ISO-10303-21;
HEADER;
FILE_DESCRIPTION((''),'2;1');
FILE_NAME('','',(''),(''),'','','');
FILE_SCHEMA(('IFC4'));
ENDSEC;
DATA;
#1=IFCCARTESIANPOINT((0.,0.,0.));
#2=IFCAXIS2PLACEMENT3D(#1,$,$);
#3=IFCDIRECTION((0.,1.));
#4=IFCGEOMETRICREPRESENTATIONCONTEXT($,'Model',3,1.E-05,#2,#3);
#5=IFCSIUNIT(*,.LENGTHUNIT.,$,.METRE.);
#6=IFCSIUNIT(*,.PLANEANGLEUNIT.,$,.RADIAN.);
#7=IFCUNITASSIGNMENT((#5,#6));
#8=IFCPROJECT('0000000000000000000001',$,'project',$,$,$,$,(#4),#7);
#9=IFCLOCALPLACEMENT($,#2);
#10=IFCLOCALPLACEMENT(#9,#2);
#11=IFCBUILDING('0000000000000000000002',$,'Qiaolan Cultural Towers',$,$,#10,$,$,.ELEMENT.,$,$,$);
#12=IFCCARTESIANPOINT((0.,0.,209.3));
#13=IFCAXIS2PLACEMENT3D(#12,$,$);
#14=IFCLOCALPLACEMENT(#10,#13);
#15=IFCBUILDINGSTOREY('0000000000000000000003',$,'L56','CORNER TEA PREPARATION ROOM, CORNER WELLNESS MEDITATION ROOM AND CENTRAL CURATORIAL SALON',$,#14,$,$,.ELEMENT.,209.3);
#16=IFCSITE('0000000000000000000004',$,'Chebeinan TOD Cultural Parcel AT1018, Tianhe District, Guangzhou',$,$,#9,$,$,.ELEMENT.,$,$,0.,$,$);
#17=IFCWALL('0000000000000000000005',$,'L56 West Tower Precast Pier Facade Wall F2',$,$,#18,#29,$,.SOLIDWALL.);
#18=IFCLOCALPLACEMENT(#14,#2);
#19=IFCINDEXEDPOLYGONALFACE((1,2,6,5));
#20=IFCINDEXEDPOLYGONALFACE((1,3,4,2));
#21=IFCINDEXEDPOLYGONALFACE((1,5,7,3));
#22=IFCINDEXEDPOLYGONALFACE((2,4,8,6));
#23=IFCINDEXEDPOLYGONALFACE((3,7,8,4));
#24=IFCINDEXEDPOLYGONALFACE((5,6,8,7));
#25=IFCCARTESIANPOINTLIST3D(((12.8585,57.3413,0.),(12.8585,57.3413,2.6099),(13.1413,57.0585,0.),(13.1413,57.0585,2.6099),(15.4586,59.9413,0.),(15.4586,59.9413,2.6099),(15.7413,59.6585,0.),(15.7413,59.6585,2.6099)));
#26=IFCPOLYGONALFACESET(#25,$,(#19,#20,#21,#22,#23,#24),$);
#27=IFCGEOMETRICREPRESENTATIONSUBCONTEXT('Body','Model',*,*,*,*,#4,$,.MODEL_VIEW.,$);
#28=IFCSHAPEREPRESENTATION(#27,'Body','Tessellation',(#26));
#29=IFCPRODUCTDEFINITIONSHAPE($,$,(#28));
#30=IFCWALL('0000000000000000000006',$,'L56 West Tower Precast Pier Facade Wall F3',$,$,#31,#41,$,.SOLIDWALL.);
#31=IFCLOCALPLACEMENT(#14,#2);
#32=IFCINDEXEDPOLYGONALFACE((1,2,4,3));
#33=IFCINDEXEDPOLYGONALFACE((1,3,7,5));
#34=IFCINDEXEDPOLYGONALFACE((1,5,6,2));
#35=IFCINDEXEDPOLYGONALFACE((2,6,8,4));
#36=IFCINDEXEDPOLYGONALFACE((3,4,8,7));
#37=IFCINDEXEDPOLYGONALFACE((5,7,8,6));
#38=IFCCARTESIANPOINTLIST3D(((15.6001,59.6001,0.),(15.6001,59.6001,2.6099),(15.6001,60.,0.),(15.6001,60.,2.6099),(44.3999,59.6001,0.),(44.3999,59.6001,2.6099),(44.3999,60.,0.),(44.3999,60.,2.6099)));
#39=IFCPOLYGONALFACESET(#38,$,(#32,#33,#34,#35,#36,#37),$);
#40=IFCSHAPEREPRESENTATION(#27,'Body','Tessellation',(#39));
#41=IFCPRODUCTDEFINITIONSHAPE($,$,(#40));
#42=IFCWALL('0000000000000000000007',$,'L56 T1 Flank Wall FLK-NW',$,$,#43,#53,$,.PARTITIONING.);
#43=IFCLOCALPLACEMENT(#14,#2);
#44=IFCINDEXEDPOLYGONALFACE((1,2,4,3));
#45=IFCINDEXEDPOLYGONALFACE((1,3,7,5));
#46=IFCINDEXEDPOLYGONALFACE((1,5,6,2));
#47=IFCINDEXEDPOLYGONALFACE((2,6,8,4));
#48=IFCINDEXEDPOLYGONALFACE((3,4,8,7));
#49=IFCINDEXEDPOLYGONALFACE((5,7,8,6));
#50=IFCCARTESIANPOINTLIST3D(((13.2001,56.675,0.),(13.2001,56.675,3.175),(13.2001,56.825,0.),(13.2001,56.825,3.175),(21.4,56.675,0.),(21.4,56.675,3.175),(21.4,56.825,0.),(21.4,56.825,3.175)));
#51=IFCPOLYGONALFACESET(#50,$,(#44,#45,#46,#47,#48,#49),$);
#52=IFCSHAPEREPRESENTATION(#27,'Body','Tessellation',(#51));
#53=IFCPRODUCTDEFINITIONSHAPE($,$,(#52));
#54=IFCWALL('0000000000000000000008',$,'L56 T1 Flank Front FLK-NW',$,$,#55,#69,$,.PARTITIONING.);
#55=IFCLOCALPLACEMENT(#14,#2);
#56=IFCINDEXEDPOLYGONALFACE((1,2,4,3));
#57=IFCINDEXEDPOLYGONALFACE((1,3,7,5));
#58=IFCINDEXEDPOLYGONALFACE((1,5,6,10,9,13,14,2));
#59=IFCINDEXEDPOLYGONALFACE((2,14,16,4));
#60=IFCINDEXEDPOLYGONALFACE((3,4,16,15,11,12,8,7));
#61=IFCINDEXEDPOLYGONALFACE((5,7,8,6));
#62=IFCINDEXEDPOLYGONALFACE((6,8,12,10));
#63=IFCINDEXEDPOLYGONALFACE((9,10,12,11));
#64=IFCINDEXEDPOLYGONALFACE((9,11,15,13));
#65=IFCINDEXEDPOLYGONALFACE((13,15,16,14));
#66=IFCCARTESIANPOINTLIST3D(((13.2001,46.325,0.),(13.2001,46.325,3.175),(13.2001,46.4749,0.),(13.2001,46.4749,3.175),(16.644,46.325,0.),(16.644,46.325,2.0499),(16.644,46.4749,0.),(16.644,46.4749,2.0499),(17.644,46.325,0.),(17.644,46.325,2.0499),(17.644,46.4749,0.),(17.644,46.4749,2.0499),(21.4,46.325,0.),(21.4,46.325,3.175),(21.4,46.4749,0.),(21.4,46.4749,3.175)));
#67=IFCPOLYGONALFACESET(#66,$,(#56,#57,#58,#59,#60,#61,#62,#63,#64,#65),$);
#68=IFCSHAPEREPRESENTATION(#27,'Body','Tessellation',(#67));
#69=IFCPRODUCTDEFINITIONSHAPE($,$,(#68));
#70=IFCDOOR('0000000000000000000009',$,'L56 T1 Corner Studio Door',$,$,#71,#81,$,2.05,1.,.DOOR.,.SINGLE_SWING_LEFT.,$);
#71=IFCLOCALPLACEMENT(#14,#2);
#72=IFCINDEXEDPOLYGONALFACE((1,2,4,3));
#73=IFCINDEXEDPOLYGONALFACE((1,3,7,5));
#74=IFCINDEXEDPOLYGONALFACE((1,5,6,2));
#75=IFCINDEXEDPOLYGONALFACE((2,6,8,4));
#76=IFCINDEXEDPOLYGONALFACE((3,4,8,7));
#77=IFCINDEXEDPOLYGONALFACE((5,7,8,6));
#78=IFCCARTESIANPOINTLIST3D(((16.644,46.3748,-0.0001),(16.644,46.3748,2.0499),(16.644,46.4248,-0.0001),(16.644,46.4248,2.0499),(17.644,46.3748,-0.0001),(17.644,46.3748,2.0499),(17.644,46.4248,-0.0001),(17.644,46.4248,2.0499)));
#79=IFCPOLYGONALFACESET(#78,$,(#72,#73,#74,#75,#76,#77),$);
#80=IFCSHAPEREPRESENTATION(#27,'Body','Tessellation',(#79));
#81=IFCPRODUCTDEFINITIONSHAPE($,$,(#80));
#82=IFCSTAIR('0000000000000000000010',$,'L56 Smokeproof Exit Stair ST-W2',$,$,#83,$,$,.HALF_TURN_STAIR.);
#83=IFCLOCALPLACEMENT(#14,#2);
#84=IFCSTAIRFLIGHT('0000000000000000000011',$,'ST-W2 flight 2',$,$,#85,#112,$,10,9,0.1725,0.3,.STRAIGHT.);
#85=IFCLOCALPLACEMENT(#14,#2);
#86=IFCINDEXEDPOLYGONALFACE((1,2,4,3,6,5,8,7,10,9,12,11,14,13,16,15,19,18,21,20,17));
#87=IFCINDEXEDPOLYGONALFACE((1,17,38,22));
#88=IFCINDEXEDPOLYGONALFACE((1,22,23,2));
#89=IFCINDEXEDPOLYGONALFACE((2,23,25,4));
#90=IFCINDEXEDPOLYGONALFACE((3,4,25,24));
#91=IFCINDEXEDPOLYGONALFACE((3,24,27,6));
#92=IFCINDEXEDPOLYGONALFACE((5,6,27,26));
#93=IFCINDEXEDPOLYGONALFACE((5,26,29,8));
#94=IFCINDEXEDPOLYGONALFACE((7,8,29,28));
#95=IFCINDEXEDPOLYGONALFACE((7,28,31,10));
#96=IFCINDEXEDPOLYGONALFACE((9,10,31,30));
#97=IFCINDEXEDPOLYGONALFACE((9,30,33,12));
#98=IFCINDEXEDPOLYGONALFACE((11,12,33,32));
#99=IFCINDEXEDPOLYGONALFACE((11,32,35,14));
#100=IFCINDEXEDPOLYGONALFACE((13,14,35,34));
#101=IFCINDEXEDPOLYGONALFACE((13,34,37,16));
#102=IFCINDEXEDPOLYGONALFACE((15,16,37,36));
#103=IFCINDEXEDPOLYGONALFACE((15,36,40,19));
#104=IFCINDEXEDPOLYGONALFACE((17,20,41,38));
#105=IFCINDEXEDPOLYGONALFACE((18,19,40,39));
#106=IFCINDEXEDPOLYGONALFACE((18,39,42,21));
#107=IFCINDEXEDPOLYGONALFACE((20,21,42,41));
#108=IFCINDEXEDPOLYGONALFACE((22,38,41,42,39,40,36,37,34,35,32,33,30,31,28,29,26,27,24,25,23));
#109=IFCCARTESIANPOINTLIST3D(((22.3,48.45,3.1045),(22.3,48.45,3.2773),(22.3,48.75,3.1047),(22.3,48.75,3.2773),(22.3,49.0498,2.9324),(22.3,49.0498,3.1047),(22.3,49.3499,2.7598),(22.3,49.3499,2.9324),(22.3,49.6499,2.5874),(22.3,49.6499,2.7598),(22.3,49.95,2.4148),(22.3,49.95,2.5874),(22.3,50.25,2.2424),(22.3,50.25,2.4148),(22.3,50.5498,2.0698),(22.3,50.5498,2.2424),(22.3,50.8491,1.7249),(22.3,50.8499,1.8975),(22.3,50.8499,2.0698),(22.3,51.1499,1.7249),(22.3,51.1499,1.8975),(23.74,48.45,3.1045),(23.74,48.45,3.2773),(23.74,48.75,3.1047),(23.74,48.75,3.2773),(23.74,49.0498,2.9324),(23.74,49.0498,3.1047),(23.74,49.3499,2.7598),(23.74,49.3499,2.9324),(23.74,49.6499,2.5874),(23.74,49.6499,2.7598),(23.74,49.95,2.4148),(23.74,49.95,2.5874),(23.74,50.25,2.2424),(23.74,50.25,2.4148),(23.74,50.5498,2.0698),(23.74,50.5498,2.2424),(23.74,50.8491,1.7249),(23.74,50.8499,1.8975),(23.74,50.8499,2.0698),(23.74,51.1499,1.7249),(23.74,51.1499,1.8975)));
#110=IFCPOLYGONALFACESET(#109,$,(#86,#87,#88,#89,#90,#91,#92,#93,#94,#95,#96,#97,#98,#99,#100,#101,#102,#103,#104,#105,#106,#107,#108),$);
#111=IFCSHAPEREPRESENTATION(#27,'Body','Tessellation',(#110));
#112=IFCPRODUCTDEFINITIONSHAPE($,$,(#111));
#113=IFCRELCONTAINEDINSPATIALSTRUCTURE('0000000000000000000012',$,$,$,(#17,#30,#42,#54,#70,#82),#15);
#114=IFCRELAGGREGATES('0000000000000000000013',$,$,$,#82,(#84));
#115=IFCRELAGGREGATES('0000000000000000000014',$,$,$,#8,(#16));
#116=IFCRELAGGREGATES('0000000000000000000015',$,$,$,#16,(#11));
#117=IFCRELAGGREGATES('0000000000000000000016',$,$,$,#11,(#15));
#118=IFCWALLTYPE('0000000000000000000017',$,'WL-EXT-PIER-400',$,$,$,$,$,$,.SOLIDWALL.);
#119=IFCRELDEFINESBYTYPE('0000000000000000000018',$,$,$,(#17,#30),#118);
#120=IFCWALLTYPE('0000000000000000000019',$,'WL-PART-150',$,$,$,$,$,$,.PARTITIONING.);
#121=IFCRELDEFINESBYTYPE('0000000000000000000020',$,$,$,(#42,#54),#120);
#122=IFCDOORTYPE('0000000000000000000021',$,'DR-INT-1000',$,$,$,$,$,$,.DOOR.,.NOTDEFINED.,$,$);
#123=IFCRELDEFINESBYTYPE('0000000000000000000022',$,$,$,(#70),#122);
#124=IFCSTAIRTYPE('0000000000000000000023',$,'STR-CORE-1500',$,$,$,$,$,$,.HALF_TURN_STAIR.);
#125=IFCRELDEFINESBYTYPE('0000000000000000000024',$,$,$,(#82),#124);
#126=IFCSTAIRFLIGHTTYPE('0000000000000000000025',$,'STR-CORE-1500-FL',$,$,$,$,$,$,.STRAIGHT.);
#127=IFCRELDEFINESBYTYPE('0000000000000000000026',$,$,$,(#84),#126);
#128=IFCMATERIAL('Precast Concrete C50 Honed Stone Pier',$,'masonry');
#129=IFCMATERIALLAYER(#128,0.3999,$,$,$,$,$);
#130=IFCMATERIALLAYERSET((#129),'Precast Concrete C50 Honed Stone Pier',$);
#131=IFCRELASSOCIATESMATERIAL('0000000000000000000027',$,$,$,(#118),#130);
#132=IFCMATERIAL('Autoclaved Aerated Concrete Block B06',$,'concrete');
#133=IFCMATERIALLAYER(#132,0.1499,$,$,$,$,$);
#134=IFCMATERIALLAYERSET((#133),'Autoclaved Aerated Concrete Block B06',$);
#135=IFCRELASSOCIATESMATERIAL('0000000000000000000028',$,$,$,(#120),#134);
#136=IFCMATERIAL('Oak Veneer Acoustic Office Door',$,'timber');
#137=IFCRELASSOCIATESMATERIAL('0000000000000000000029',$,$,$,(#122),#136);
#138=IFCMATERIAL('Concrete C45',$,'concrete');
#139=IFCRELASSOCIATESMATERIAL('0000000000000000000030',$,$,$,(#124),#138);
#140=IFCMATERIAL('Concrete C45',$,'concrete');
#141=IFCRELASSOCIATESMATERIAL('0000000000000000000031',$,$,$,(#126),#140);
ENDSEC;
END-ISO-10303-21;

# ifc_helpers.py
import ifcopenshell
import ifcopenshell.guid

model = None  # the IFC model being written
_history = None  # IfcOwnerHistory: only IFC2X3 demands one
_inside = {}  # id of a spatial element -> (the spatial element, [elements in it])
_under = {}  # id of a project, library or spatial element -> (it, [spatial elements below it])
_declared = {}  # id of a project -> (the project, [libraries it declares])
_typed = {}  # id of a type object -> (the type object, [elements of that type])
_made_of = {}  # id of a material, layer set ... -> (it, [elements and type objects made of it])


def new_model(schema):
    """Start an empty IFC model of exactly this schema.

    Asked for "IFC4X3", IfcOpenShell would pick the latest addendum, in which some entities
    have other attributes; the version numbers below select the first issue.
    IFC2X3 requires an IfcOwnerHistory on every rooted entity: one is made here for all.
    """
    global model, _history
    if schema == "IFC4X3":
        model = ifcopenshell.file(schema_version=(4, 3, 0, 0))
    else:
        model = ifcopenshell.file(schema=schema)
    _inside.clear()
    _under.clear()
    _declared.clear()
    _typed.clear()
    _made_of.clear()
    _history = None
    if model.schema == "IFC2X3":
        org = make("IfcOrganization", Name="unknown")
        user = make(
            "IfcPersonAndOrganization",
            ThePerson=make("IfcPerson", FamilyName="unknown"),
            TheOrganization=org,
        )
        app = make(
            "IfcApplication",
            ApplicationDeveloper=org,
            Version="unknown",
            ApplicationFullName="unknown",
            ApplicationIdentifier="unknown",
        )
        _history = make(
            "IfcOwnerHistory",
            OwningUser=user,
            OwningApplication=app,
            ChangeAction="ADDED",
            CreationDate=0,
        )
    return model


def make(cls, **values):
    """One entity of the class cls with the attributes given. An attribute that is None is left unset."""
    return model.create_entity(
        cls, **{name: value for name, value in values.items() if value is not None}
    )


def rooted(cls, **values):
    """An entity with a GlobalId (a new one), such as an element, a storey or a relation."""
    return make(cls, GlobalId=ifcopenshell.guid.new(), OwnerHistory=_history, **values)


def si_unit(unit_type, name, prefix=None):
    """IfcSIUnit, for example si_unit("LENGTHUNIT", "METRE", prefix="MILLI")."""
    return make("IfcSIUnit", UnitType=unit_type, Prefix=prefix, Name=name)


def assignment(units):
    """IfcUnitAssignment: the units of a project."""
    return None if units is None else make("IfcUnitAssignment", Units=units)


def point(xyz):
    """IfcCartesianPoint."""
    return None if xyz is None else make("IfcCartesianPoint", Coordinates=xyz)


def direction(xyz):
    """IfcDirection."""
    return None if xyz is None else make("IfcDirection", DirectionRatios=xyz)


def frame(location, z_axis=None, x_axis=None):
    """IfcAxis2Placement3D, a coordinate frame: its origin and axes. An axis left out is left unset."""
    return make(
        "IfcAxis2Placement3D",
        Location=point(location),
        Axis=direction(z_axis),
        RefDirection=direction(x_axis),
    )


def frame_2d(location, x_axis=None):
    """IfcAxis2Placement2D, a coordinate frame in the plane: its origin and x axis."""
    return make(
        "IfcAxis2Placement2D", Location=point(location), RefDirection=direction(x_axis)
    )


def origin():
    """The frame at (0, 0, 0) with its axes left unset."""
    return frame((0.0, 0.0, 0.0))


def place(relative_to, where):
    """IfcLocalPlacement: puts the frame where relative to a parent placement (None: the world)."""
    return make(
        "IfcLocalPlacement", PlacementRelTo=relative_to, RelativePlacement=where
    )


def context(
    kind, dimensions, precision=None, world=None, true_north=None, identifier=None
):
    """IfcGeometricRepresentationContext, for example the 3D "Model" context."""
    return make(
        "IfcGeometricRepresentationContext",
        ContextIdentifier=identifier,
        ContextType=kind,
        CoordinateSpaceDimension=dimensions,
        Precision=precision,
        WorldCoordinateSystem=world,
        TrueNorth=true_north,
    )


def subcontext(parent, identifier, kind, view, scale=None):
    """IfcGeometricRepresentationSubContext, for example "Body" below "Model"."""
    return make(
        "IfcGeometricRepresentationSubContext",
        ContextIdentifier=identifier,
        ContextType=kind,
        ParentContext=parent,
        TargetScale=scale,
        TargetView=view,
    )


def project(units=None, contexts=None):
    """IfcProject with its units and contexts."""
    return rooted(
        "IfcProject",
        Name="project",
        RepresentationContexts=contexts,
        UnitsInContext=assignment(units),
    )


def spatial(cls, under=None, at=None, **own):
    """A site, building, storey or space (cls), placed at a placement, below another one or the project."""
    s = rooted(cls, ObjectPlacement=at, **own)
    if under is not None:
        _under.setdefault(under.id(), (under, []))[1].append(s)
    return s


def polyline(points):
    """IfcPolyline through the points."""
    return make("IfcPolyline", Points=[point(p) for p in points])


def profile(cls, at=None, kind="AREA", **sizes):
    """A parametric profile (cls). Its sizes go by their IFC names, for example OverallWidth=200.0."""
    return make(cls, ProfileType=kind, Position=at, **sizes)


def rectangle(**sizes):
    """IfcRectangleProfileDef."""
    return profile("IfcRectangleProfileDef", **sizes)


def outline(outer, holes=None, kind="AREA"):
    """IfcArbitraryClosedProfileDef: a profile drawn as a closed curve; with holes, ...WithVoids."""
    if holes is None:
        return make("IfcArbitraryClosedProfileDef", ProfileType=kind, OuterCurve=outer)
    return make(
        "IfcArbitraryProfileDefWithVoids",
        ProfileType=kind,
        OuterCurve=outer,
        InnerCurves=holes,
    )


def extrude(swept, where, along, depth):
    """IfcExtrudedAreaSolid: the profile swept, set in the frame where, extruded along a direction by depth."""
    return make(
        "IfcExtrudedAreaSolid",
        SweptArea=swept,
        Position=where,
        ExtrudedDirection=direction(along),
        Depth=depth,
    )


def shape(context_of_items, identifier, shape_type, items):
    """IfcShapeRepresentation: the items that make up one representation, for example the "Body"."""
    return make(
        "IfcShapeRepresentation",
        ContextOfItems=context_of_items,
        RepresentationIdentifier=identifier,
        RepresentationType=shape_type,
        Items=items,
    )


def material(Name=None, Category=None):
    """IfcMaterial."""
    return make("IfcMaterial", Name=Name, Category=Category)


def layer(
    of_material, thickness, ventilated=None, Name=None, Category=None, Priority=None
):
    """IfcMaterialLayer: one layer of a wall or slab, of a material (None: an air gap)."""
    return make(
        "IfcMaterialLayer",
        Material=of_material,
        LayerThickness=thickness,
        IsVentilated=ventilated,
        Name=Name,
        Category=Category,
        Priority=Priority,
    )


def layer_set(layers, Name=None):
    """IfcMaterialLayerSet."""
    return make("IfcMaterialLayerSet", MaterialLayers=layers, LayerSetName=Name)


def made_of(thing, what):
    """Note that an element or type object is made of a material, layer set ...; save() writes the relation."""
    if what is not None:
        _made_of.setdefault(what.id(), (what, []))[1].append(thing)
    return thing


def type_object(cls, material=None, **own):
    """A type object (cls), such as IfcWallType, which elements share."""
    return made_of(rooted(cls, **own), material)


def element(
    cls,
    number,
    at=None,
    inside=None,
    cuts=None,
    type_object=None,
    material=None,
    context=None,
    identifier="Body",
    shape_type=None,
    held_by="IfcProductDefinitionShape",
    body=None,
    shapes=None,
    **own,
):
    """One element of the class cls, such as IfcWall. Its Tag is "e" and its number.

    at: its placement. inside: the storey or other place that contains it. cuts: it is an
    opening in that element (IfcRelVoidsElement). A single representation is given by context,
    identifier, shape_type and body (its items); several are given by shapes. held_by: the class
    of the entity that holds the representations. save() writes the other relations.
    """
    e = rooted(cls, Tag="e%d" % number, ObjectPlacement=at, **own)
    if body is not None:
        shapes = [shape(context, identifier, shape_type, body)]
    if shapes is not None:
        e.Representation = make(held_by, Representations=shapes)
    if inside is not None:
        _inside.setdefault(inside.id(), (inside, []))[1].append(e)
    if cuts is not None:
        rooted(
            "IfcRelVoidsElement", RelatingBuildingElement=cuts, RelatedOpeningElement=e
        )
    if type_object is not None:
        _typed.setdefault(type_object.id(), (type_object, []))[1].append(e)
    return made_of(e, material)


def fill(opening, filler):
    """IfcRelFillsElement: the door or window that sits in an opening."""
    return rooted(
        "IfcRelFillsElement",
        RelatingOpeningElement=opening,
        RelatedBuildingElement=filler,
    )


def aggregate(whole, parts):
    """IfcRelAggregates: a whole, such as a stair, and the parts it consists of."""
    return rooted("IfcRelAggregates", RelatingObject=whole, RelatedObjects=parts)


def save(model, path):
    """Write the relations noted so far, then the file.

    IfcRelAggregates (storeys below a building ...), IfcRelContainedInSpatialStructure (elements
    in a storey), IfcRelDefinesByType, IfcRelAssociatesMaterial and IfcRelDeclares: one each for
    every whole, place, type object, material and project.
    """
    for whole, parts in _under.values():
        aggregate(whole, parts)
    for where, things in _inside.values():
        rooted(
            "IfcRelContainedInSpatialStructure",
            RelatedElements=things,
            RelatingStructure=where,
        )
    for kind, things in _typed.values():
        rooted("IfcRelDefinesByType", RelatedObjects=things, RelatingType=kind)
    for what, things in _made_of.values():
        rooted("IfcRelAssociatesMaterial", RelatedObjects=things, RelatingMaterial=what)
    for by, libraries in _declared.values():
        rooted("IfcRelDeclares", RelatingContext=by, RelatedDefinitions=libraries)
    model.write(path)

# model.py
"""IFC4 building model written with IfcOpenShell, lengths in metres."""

from ifc_helpers import new_model, si_unit, direction, frame, frame_2d, origin, place, context, subcontext, project, spatial, polyline, rectangle, outline, extrude, material, layer, layer_set, type_object, element, fill, aggregate, save


model = new_model("IFC4")

# Units and contexts
model_context = context("Model", 3, precision=1e-05, world=origin(), true_north=direction((0.0, 1.0)))
body_context = subcontext(model_context, "Body", "Model", "MODEL_VIEW")
ifc_project = project(units=[si_unit("LENGTHUNIT", "METRE"), si_unit("PLANEANGLEUNIT", "RADIAN")], contexts=[model_context])

# Site, building, storey
site_placement = place(None, origin())
site = spatial("IfcSite", under=ifc_project, at=site_placement, Name="Chebeinan TOD Cultural Parcel AT1018, Tianhe District, Guangzhou", CompositionType="ELEMENT", RefElevation=0.0)
building_placement = place(site_placement, origin())
building = spatial("IfcBuilding", under=site, at=building_placement, Name="Qiaolan Cultural Towers", CompositionType="ELEMENT")
storey_placement = place(building_placement, frame((0.0, 0.0, 209.3)))
storey = spatial("IfcBuildingStorey", under=building, at=storey_placement, Name="L56", Description="CORNER TEA PREPARATION ROOM, CORNER WELLNESS MEDITATION ROOM AND CENTRAL CURATORIAL SALON", CompositionType="ELEMENT", Elevation=209.3)

# Walls
ifc_material_1 = material(Name="Precast Concrete C50 Honed Stone Pier", Category="masonry")
ifc_layer_1 = layer(ifc_material_1, 0.3999)
ifc_layer_set_1 = layer_set([ifc_layer_1], Name="Precast Concrete C50 Honed Stone Pier")
wall_type_1 = type_object("IfcWallType", Name="WL-EXT-PIER-400", PredefinedType="SOLIDWALL", material=ifc_layer_set_1)
wall_1_placement = place(storey_placement, frame((13.0, 57.2, 0.0), z_axis=(0.0, 0.0, 1.0), x_axis=(0.707107, 0.707107, 0.0)))
element("IfcWall", 1, at=wall_1_placement, inside=storey, type_object=wall_type_1, Name="L56 West Tower Precast Pier Facade Wall F2", PredefinedType="SOLIDWALL", context=body_context, shape_type="SweptSolid", body=[
    extrude(rectangle(XDim=3.677, YDim=0.3999, at=frame_2d((1.8384, 0.0))), origin(), (0.0, 0.0, 1.0), 2.6099),
])
wall_2_placement = place(storey_placement, frame((15.6001, 59.8, 0.0), z_axis=(0.0, 0.0, 1.0), x_axis=(1.0, 0.0, 0.0)))
element("IfcWall", 2, at=wall_2_placement, inside=storey, type_object=wall_type_1, Name="L56 West Tower Precast Pier Facade Wall F3", PredefinedType="SOLIDWALL", context=body_context, shape_type="SweptSolid", body=[
    extrude(rectangle(XDim=28.7998, YDim=0.3999, at=frame_2d((14.3999, 0.0))), origin(), (0.0, 0.0, 1.0), 2.6099),
])
ifc_material_2 = material(Name="Autoclaved Aerated Concrete Block B06", Category="concrete")
ifc_layer_2 = layer(ifc_material_2, 0.1499)
ifc_layer_set_2 = layer_set([ifc_layer_2], Name="Autoclaved Aerated Concrete Block B06")
wall_type_2 = type_object("IfcWallType", Name="WL-PART-150", PredefinedType="PARTITIONING", material=ifc_layer_set_2)
wall_3_placement = place(storey_placement, frame((13.2, 56.75, 0.0), z_axis=(0.0, 0.0, 1.0), x_axis=(1.0, 0.0, 0.0)))
element("IfcWall", 3, at=wall_3_placement, inside=storey, type_object=wall_type_2, Name="L56 T1 Flank Wall FLK-NW", PredefinedType="PARTITIONING", context=body_context, shape_type="SweptSolid", body=[
    extrude(rectangle(XDim=8.2, YDim=0.1499, at=frame_2d((4.1001, 0.0))), origin(), (0.0, 0.0, 1.0), 3.175),
])

# Wall, opening, door
wall_4_placement = place(storey_placement, frame((13.2, 46.3999, 0.0), z_axis=(0.0, 0.0, 1.0), x_axis=(1.0, 0.0, 0.0)))
wall_4 = element("IfcWall", 4, at=wall_4_placement, inside=storey, type_object=wall_type_2, Name="L56 T1 Flank Front FLK-NW", PredefinedType="PARTITIONING", context=body_context, shape_type="SweptSolid", body=[
    extrude(rectangle(XDim=8.2, YDim=0.1499, at=frame_2d((4.1001, 0.0))), origin(), (0.0, 0.0, 1.0), 3.175),
])
opening_placement = place(wall_4_placement, frame((3.4441, 0.0, 0.0)))
opening = element("IfcOpeningElement", 5, at=opening_placement, cuts=wall_4, PredefinedType="OPENING", context=body_context, shape_type="SweptSolid", body=[
    extrude(rectangle(XDim=1.0, YDim=2.05, at=frame_2d((0.5, 1.0249))), frame((0.0, 0.085, 0.0), z_axis=(0.0, -1.0, 0.0), x_axis=(1.0, 0.0, 0.0)), (0.0, 0.0, 1.0), 0.1699),
])
ifc_material_3 = material(Name="Oak Veneer Acoustic Office Door", Category="timber")
door_type = type_object("IfcDoorType", Name="DR-INT-1000", OperationType="NOTDEFINED", PredefinedType="DOOR", material=ifc_material_3)
door_placement = place(opening_placement, origin())
door = element("IfcDoor", 6, at=door_placement, inside=storey, type_object=door_type, Name="L56 T1 Corner Studio Door", OperationType="SINGLE_SWING_LEFT", OverallHeight=2.05, OverallWidth=1.0, PredefinedType="DOOR", context=body_context, shape_type="SweptSolid", body=[
    extrude(rectangle(XDim=1.0, YDim=2.05, at=frame_2d((0.5, 1.0249))), frame((0.0, 0.0249, 0.0), z_axis=(0.0, -1.0, 0.0), x_axis=(1.0, 0.0, 0.0)), (0.0, 0.0, 1.0), 0.05),
])
fill(opening, door)

# Stair, stair flight
ifc_material_4 = material(Name="Concrete C45", Category="concrete")
stair_type = type_object("IfcStairType", Name="STR-CORE-1500", PredefinedType="HALF_TURN_STAIR", material=ifc_material_4)
stair_placement = place(storey_placement, origin())
stair = element("IfcStair", 7, at=stair_placement, inside=storey, type_object=stair_type, Name="L56 Smokeproof Exit Stair ST-W2", PredefinedType="HALF_TURN_STAIR")
ifc_material_5 = material(Name="Concrete C45", Category="concrete")
stair_flight_type = type_object("IfcStairFlightType", Name="STR-CORE-1500-FL", PredefinedType="STRAIGHT", material=ifc_material_5)
stair_flight_placement = place(storey_placement, frame((23.02, 51.1499, 1.7249), z_axis=(0.0, 0.0, 1.0), x_axis=(0.0, -1.0, 0.0)))
stair_flight = element("IfcStairFlight", 8, at=stair_flight_placement, type_object=stair_flight_type, Name="ST-W2 flight 2", NumberOfRisers=10, NumberOfTreads=9, PredefinedType="STRAIGHT", RiserHeight=0.1725, TreadLength=0.3, context=body_context, shape_type="SweptSolid", body=[
    extrude(outline(polyline([(0.0, 0.0), (0.0, 0.1726), (0.3, 0.1726), (0.3, 0.345), (0.6001, 0.345), (0.6001, 0.5176), (0.8999, 0.5176), (0.8999, 0.6899), (1.2, 0.6899), (1.2, 0.8625), (1.5, 0.8625), (1.5, 1.0349), (1.8, 1.0349), (1.8, 1.2075), (2.1001, 1.2075), (2.1001, 1.3799), (2.3999, 1.3799), (2.3999, 1.5525), (2.7, 1.5525), (2.7, 1.7251), (2.7, 1.3796), (0.3008, 0.0), (0.0, 0.0)])), frame((0.0, 0.72, 0.0), z_axis=(0.0, -1.0, 0.0), x_axis=(1.0, 0.0, 0.0)), (0.0, 0.0, 1.0), 1.4399),
])
aggregate(stair, [stair_flight])

save(model, "model.ifc")
